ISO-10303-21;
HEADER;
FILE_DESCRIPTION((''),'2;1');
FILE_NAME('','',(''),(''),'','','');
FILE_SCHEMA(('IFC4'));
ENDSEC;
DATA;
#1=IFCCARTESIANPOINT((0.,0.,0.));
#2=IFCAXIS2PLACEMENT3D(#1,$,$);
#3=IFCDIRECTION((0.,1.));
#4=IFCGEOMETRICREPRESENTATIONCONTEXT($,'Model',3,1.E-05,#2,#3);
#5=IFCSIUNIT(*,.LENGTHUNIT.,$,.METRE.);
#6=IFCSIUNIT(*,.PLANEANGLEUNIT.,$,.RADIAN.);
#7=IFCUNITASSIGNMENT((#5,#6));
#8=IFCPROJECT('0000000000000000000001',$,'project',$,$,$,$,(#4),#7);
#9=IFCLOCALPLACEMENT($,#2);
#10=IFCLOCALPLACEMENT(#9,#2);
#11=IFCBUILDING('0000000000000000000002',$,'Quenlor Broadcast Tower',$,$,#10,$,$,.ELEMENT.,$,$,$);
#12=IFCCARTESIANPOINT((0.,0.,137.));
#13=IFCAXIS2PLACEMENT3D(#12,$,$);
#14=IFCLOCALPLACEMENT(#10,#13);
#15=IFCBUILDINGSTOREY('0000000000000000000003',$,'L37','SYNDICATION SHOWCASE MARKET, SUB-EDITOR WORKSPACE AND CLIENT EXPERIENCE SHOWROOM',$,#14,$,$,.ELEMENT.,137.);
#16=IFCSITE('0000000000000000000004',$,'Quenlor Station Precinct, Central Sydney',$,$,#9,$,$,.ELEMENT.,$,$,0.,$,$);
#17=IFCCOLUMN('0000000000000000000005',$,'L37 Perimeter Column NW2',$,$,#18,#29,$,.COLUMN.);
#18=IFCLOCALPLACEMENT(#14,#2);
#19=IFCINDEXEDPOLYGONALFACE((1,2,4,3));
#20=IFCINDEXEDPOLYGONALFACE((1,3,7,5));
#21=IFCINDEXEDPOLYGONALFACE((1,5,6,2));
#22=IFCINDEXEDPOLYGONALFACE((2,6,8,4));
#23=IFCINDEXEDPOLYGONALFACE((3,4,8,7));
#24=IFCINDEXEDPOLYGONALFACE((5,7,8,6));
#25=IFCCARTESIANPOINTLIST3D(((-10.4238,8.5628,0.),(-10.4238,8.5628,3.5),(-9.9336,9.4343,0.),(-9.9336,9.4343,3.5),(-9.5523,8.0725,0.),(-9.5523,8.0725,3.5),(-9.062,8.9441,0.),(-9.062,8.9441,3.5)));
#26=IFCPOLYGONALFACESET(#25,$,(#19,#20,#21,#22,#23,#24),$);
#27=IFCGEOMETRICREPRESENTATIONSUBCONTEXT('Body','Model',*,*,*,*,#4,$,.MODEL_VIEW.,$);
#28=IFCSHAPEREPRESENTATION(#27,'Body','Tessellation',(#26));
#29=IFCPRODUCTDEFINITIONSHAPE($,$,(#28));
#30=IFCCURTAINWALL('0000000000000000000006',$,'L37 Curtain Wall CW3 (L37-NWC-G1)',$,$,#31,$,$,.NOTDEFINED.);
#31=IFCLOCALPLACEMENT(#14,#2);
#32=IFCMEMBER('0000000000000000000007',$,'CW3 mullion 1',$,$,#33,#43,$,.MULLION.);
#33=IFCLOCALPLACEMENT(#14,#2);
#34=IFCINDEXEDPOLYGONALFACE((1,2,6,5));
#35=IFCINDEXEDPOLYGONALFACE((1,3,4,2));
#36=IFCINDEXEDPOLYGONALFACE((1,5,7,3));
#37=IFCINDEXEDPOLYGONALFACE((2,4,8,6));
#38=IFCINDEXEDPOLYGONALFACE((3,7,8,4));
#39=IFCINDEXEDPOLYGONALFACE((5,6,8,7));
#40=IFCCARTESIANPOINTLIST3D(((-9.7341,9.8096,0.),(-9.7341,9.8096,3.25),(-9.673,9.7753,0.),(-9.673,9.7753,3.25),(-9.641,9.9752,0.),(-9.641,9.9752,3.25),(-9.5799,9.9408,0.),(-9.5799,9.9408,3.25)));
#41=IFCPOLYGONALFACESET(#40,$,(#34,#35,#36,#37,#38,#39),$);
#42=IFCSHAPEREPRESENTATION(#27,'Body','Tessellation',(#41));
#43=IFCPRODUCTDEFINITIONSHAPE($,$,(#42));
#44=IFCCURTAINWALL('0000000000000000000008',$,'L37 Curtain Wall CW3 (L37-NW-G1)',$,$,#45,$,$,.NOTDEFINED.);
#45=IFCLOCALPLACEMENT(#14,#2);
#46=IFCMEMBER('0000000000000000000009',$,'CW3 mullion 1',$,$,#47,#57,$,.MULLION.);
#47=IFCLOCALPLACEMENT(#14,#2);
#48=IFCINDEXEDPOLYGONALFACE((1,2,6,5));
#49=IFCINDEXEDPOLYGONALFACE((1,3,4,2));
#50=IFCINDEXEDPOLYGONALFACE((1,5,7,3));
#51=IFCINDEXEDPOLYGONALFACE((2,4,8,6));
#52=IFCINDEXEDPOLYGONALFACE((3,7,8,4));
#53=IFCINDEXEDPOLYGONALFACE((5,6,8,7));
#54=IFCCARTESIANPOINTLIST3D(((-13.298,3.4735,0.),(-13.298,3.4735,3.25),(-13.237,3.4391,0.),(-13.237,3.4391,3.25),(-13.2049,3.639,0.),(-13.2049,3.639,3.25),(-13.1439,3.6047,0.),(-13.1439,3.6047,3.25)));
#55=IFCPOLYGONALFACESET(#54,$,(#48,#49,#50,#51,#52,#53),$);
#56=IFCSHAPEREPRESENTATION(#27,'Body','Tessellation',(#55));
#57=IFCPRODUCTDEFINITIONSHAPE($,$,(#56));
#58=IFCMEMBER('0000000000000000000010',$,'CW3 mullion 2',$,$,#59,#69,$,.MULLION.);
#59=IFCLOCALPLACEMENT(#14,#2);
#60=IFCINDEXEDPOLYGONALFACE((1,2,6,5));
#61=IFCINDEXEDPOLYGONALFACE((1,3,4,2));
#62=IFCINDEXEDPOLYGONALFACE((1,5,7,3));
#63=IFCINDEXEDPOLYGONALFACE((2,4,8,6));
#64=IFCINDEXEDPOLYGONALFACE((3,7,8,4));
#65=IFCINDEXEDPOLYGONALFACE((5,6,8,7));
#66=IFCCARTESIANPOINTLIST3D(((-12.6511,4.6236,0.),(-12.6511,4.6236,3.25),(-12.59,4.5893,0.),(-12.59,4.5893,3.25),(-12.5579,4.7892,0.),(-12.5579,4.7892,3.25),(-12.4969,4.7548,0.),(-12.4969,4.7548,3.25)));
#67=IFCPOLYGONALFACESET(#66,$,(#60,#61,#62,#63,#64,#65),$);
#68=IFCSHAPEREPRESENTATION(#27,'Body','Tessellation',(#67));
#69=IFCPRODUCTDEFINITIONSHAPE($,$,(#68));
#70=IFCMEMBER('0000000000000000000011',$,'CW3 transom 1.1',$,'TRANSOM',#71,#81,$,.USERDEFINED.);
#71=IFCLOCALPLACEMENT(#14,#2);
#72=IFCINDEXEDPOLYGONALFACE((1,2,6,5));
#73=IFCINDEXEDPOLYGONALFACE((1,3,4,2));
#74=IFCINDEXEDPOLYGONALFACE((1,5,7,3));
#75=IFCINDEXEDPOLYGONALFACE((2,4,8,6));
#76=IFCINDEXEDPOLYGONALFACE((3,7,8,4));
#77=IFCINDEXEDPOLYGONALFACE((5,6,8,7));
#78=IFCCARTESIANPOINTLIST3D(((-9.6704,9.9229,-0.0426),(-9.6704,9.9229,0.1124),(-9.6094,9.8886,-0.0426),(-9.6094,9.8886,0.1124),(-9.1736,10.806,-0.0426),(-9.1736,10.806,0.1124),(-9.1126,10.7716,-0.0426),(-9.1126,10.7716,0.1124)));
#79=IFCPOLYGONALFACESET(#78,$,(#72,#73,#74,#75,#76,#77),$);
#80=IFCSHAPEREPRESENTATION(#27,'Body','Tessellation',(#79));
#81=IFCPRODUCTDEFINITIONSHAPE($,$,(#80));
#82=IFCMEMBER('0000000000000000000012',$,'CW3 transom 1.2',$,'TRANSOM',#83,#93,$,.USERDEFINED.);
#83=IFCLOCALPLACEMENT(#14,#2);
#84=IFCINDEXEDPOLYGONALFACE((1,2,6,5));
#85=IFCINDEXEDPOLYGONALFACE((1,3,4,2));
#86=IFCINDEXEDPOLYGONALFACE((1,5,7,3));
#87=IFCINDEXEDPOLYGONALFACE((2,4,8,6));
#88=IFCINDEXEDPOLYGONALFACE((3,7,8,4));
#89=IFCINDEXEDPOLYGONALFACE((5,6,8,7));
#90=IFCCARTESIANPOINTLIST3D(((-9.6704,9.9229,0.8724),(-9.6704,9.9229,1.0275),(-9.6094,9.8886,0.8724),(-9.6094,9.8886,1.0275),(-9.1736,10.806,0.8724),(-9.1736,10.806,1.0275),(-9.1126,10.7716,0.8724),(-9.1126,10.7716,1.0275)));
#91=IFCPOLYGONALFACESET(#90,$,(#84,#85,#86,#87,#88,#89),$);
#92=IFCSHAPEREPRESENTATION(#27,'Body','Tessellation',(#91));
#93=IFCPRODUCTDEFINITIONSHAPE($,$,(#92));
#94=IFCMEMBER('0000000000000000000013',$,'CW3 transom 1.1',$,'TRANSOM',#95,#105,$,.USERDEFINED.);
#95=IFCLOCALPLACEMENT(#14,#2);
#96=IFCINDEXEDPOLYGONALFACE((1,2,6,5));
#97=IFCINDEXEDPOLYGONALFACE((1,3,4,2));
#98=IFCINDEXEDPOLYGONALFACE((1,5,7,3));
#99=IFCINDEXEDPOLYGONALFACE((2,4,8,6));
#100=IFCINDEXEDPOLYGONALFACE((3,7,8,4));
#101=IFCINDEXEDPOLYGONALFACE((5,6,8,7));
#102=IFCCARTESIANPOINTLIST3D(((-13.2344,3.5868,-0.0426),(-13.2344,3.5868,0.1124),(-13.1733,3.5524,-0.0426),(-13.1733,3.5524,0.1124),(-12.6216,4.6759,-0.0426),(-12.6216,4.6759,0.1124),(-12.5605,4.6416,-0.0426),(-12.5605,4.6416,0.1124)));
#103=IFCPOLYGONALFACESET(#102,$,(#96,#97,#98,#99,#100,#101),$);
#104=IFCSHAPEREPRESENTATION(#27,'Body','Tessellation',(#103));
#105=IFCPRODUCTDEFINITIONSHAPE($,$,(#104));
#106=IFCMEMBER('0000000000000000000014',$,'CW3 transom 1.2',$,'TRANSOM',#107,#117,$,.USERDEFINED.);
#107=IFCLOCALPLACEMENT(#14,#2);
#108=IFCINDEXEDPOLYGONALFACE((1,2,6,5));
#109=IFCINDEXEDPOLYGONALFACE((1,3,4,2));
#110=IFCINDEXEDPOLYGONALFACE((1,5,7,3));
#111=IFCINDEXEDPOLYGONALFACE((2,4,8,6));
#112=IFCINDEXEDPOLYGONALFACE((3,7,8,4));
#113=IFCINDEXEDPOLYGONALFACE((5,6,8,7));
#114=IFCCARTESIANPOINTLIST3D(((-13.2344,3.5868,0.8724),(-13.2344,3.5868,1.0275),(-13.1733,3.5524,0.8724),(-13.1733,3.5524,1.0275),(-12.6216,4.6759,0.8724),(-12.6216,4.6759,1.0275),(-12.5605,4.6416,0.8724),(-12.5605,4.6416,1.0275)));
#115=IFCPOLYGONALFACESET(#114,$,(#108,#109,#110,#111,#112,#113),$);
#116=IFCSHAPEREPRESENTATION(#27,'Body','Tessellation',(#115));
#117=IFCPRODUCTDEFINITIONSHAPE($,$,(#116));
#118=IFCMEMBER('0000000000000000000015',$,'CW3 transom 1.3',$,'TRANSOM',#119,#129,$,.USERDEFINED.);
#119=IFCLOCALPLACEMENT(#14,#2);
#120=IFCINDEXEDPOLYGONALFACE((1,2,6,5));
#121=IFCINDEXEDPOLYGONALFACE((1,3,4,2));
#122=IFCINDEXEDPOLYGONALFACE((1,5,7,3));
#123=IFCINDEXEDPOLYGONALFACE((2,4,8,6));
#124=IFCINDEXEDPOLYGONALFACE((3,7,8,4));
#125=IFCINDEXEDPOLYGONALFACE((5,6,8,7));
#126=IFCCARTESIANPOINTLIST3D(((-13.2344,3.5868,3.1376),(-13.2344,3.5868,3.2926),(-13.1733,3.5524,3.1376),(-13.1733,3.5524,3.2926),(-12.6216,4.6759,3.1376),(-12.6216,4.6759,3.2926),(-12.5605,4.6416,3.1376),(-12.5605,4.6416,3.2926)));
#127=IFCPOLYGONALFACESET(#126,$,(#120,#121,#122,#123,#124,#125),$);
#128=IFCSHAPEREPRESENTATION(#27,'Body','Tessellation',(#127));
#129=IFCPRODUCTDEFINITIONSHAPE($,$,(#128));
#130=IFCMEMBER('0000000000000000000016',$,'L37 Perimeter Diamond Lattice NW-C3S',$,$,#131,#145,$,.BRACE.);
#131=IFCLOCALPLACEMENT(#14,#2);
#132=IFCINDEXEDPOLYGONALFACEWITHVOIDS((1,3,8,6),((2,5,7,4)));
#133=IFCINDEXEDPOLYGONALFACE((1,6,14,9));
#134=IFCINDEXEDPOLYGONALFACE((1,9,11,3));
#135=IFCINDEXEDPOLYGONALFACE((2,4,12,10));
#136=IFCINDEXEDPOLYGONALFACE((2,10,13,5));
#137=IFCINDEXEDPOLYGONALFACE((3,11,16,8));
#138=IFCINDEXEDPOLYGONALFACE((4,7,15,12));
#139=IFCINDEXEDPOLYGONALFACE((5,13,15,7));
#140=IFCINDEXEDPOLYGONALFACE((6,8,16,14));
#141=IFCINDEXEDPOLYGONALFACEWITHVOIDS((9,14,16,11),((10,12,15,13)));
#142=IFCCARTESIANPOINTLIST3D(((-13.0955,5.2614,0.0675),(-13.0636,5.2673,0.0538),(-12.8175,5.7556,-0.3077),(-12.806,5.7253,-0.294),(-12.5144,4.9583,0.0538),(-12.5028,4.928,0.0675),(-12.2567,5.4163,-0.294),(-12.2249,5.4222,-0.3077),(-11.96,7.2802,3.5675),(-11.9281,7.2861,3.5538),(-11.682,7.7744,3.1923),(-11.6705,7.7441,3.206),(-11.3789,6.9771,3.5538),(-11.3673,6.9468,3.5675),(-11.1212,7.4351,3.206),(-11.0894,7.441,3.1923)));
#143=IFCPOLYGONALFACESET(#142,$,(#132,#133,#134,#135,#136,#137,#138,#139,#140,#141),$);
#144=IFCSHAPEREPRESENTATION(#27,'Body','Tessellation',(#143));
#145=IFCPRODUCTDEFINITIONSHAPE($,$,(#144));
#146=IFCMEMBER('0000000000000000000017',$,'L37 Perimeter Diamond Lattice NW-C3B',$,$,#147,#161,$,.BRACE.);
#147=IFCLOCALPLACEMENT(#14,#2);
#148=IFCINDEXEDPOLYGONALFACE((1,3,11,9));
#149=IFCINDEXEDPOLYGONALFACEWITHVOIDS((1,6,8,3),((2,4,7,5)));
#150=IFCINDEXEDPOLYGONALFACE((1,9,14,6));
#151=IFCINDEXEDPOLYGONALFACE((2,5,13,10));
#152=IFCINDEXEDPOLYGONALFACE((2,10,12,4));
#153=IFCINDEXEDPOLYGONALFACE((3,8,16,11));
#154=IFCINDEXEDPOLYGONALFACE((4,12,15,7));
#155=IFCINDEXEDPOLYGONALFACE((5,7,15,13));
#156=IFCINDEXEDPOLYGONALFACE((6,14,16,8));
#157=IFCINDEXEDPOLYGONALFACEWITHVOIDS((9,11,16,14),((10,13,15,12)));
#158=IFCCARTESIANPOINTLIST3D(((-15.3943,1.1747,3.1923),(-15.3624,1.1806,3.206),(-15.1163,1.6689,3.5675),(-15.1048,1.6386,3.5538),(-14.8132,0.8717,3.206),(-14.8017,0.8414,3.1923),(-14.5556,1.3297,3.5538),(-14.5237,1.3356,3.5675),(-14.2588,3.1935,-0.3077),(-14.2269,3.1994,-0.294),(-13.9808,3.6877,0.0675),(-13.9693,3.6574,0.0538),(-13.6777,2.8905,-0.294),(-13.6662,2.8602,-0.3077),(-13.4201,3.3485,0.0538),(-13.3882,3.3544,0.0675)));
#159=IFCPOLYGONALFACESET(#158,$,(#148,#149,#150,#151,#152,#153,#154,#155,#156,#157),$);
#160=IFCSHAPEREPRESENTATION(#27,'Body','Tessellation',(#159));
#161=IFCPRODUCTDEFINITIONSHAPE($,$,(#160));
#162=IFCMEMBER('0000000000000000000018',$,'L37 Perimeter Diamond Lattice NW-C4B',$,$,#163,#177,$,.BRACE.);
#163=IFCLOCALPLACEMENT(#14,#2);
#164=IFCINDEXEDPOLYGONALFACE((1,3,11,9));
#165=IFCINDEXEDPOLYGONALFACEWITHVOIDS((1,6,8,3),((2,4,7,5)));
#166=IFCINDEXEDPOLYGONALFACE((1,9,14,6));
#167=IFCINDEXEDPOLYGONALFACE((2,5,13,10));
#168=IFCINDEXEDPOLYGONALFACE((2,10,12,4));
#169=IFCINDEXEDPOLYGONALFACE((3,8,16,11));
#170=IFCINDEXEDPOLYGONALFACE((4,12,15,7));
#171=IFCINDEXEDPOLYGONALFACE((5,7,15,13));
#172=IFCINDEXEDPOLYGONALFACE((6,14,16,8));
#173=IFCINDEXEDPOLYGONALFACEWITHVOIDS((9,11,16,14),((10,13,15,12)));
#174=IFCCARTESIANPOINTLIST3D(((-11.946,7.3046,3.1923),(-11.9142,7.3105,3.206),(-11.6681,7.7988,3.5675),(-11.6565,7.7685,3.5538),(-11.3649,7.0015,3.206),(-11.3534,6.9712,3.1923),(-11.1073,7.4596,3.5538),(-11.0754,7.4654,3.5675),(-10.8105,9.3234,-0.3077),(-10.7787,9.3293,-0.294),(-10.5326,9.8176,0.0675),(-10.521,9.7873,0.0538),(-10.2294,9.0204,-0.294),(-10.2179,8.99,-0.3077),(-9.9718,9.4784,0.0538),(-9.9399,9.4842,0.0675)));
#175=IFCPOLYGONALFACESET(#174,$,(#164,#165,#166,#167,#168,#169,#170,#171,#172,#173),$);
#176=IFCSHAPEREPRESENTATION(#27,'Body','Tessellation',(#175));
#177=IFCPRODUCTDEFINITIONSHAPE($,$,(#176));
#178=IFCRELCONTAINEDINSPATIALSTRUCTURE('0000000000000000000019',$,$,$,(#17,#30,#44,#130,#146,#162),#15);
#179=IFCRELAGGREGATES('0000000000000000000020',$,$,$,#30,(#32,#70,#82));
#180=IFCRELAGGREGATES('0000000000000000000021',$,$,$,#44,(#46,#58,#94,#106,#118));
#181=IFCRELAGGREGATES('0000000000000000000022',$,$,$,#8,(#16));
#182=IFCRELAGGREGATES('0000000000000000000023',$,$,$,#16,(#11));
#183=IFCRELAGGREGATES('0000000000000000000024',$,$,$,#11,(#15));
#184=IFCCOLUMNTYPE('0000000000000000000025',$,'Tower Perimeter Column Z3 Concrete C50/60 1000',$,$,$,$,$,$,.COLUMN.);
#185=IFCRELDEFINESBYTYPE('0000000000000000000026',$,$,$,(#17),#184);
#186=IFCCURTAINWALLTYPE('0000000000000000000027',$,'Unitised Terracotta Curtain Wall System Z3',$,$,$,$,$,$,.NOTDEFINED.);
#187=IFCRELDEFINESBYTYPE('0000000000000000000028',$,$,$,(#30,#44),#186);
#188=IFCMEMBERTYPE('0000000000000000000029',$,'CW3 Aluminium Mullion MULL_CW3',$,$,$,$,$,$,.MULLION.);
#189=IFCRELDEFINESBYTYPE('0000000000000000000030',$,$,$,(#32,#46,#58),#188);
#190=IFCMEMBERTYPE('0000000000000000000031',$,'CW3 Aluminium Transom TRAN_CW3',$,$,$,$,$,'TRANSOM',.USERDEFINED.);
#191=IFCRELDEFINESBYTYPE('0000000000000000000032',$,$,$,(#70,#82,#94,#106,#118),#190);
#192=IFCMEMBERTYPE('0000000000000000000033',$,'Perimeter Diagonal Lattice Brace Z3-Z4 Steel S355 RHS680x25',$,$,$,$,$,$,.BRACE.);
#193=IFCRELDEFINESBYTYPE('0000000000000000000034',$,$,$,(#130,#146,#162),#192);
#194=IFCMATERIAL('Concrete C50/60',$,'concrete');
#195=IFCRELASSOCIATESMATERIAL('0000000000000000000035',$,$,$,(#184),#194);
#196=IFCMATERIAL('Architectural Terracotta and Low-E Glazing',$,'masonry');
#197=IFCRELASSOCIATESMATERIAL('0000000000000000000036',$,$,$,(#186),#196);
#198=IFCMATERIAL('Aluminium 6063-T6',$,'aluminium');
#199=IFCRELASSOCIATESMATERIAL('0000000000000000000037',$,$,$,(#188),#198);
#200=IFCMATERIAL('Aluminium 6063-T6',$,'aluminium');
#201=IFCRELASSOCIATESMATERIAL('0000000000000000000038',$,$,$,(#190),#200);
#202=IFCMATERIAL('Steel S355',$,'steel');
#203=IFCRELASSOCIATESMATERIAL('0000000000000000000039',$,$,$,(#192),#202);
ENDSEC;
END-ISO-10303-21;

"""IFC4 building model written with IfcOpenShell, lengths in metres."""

from ifc_helpers import new_model, si_unit, direction, frame, origin, origin_2d, place, context, subcontext, project, spatial, rectangle, hollow_rectangle, extrude, material, material_profile, profile_set, type_object, element, aggregate, save


model = new_model("IFC4")

# Units and contexts
model_context = context("Model", 3, precision=1e-05, world=origin(), true_north=direction((0.0, 1.0)))
body_context = subcontext(model_context, "Body", "Model", "MODEL_VIEW")
ifc_project = project(units=[si_unit("LENGTHUNIT", "METRE"), si_unit("PLANEANGLEUNIT", "RADIAN")], contexts=[model_context])

# Site, building, storey
site_placement = place(None, origin())
site = spatial("IfcSite", under=ifc_project, at=site_placement, Name="Quenlor Station Precinct, Central Sydney", CompositionType="ELEMENT", RefElevation=0.0)
building_placement = place(site_placement, origin())
building = spatial("IfcBuilding", under=site, at=building_placement, Name="Quenlor Broadcast Tower", CompositionType="ELEMENT")
storey_placement = place(building_placement, frame((0.0, 0.0, 137.0)))
storey = spatial("IfcBuildingStorey", under=building, at=storey_placement, Name="L37", Description="SYNDICATION SHOWCASE MARKET, SUB-EDITOR WORKSPACE AND CLIENT EXPERIENCE SHOWROOM", CompositionType="ELEMENT", Elevation=137.0)

# Column
ifc_material_1 = material(Name="Concrete C50/60", Category="concrete")
ifc_material_profile_1 = material_profile(ifc_material_1, rectangle(XDim=1.0, YDim=1.0, at=origin_2d()))
ifc_profile_set_1 = profile_set([ifc_material_profile_1], Name="Concrete C50/60 RC1000x1000")
column_type = type_object("IfcColumnType", Name="Tower Perimeter Column Z3 Concrete C50/60 1000", PredefinedType="COLUMN", material=ifc_profile_set_1)
column_placement = place(storey_placement, frame((-9.7429, 8.7534, 0.0), z_axis=(0.0, 0.0, 1.0), x_axis=(-0.871575, 0.490262, 0.0)))
element("IfcColumn", 1, at=column_placement, inside=storey, type_object=column_type, Name="L37 Perimeter Column NW2", PredefinedType="COLUMN", context=body_context, shape_type="SweptSolid", body=[
    extrude(rectangle(XDim=1.0, YDim=1.0, at=origin_2d()), origin(), (0.0, 0.0, 1.0), 3.5),
])

# Curtain wall, member
ifc_material_2 = material(Name="Architectural Terracotta and Low-E Glazing", Category="masonry")
curtain_wall_type = type_object("IfcCurtainWallType", Name="Unitised Terracotta Curtain Wall System Z3", PredefinedType="NOTDEFINED", material=ifc_material_2)
curtain_wall_1_placement = place(storey_placement, origin())
curtain_wall_1 = element("IfcCurtainWall", 2, at=curtain_wall_1_placement, inside=storey, type_object=curtain_wall_type, Name="L37 Curtain Wall CW3 (L37-NWC-G1)", PredefinedType="NOTDEFINED")
ifc_material_3 = material(Name="Aluminium 6063-T6", Category="aluminium")
ifc_material_profile_2 = material_profile(ifc_material_3, rectangle(XDim=0.0701, YDim=0.1899, at=origin_2d()))
ifc_profile_set_2 = profile_set([ifc_material_profile_2], Name="Aluminium 6063-T6 MULL70x190")
member_type_1 = type_object("IfcMemberType", Name="CW3 Aluminium Mullion MULL_CW3", PredefinedType="MULLION", material=ifc_profile_set_2)
member_1_placement = place(storey_placement, frame((-9.657, 9.8752, 0.0), z_axis=(0.0, 0.0, 1.0), x_axis=(-0.871601, 0.490216, 0.0)))
member_1 = element("IfcMember", 3, at=member_1_placement, type_object=member_type_1, Name="CW3 mullion 1", PredefinedType="MULLION", context=body_context, shape_type="SweptSolid", body=[
    extrude(rectangle(XDim=0.0701, YDim=0.1899, at=origin_2d()), origin(), (0.0, 0.0, 1.0), 3.25),
])

# Curtain wall, members
curtain_wall_2_placement = place(storey_placement, origin())
curtain_wall_2 = element("IfcCurtainWall", 4, at=curtain_wall_2_placement, inside=storey, type_object=curtain_wall_type, Name="L37 Curtain Wall CW3 (L37-NW-G1)", PredefinedType="NOTDEFINED")
member_2_placement = place(storey_placement, frame((-13.2209, 3.5391, 0.0), z_axis=(0.0, 0.0, 1.0), x_axis=(-0.871562, 0.490285, 0.0)))
member_2 = element("IfcMember", 5, at=member_2_placement, type_object=member_type_1, Name="CW3 mullion 1", PredefinedType="MULLION", context=body_context, shape_type="SweptSolid", body=[
    extrude(rectangle(XDim=0.0701, YDim=0.1899, at=origin_2d()), origin(), (0.0, 0.0, 1.0), 3.25),
])
member_3_placement = place(storey_placement, frame((-12.574, 4.6892, 0.0), z_axis=(0.0, 0.0, 1.0), x_axis=(-0.871562, 0.490285, 0.0)))
member_3 = element("IfcMember", 6, at=member_3_placement, type_object=member_type_1, Name="CW3 mullion 2", PredefinedType="MULLION", context=body_context, shape_type="SweptSolid", body=[
    extrude(rectangle(XDim=0.0701, YDim=0.1899, at=origin_2d()), origin(), (0.0, 0.0, 1.0), 3.25),
])

# Members
ifc_material_4 = material(Name="Aluminium 6063-T6", Category="aluminium")
ifc_material_profile_3 = material_profile(ifc_material_4, rectangle(XDim=0.0701, YDim=0.155, at=origin_2d()))
ifc_profile_set_3 = profile_set([ifc_material_profile_3], Name="Aluminium 6063-T6 TRAN70x155")
member_type_2 = type_object("IfcMemberType", Name="CW3 Aluminium Transom TRAN_CW3", ElementType="TRANSOM", PredefinedType="USERDEFINED", material=ifc_profile_set_3)
member_4_placement = place(storey_placement, frame((-9.6399, 9.9058, 0.0349), z_axis=(0.490341, 0.87153, 0.0), x_axis=(-0.87153, 0.490341, 0.0)))
member_4 = element("IfcMember", 7, at=member_4_placement, type_object=member_type_2, Name="CW3 transom 1.1", ObjectType="TRANSOM", PredefinedType="USERDEFINED", context=body_context, shape_type="SweptSolid", body=[
    extrude(rectangle(XDim=0.0701, YDim=0.155, at=origin_2d()), origin(), (0.0, 0.0, 1.0), 1.0132),
])
member_5_placement = place(storey_placement, frame((-9.6399, 9.9058, 0.95), z_axis=(0.490341, 0.87153, 0.0), x_axis=(-0.87153, 0.490341, 0.0)))
member_5 = element("IfcMember", 8, at=member_5_placement, type_object=member_type_2, Name="CW3 transom 1.2", ObjectType="TRANSOM", PredefinedType="USERDEFINED", context=body_context, shape_type="SweptSolid", body=[
    extrude(rectangle(XDim=0.0701, YDim=0.155, at=origin_2d()), origin(), (0.0, 0.0, 1.0), 1.0132),
])
aggregate(curtain_wall_1, [member_1, member_4, member_5])
member_6_placement = place(storey_placement, frame((-13.2039, 3.5696, 0.0349), z_axis=(0.490363, 0.871518, 0.0), x_axis=(-0.871518, 0.490363, 0.0)))
member_6 = element("IfcMember", 9, at=member_6_placement, type_object=member_type_2, Name="CW3 transom 1.1", ObjectType="TRANSOM", PredefinedType="USERDEFINED", context=body_context, shape_type="SweptSolid", body=[
    extrude(rectangle(XDim=0.0701, YDim=0.155, at=origin_2d()), origin(), (0.0, 0.0, 1.0), 1.2498),
])
member_7_placement = place(storey_placement, frame((-13.2039, 3.5696, 0.95), z_axis=(0.490363, 0.871518, 0.0), x_axis=(-0.871518, 0.490363, 0.0)))
member_7 = element("IfcMember", 10, at=member_7_placement, type_object=member_type_2, Name="CW3 transom 1.2", ObjectType="TRANSOM", PredefinedType="USERDEFINED", context=body_context, shape_type="SweptSolid", body=[
    extrude(rectangle(XDim=0.0701, YDim=0.155, at=origin_2d()), origin(), (0.0, 0.0, 1.0), 1.2498),
])
member_8_placement = place(storey_placement, frame((-13.2039, 3.5696, 3.2151), z_axis=(0.490363, 0.871518, 0.0), x_axis=(-0.871518, 0.490363, 0.0)))
member_8 = element("IfcMember", 11, at=member_8_placement, type_object=member_type_2, Name="CW3 transom 1.3", ObjectType="TRANSOM", PredefinedType="USERDEFINED", context=body_context, shape_type="SweptSolid", body=[
    extrude(rectangle(XDim=0.0701, YDim=0.155, at=origin_2d()), origin(), (0.0, 0.0, 1.0), 1.2498),
])

# Members
ifc_material_5 = material(Name="Steel S355", Category="steel")
ifc_material_profile_4 = material_profile(ifc_material_5, hollow_rectangle(XDim=0.6799, YDim=0.6799, WallThickness=0.0249, at=origin_2d()))
ifc_profile_set_4 = profile_set([ifc_material_profile_4], Name="Steel S355 RHS680x680x25")
member_type_3 = type_object("IfcMemberType", Name="Perimeter Diagonal Lattice Brace Z3-Z4 Steel S355 RHS680x25", PredefinedType="BRACE", material=ifc_profile_set_4)
for number, where, z_axis, x_axis, name in (
    (12, (-12.6602, 5.3418, -0.1201), (0.270549, 0.481009, 0.833927), (-0.87159, 0.490236, 0.0), "L37 Perimeter Diamond Lattice NW-C3S"),
    (13, (-13.8235, 3.2739, -0.1201), (-0.270549, -0.481009, 0.833927), (0.87159, -0.490236, 0.0), "L37 Perimeter Diamond Lattice NW-C3B"),
    (14, (-10.3752, 9.4038, -0.1201), (-0.270549, -0.481009, 0.833927), (0.87159, -0.490236, 0.0), "L37 Perimeter Diamond Lattice NW-C4B"),
):
    element("IfcMember", number, at=place(storey_placement, frame(where, z_axis=z_axis, x_axis=x_axis)), inside=storey, type_object=member_type_3, Name=name, PredefinedType="BRACE", context=body_context, shape_type="SweptSolid", body=[
        extrude(hollow_rectangle(XDim=0.6799, YDim=0.6799, WallThickness=0.0249, at=origin_2d()), origin(), (0.0, 0.0, 1.0), 4.197),
    ])

aggregate(curtain_wall_2, [member_2, member_3, member_6, member_7, member_8])

save(model, "model.ifc")
